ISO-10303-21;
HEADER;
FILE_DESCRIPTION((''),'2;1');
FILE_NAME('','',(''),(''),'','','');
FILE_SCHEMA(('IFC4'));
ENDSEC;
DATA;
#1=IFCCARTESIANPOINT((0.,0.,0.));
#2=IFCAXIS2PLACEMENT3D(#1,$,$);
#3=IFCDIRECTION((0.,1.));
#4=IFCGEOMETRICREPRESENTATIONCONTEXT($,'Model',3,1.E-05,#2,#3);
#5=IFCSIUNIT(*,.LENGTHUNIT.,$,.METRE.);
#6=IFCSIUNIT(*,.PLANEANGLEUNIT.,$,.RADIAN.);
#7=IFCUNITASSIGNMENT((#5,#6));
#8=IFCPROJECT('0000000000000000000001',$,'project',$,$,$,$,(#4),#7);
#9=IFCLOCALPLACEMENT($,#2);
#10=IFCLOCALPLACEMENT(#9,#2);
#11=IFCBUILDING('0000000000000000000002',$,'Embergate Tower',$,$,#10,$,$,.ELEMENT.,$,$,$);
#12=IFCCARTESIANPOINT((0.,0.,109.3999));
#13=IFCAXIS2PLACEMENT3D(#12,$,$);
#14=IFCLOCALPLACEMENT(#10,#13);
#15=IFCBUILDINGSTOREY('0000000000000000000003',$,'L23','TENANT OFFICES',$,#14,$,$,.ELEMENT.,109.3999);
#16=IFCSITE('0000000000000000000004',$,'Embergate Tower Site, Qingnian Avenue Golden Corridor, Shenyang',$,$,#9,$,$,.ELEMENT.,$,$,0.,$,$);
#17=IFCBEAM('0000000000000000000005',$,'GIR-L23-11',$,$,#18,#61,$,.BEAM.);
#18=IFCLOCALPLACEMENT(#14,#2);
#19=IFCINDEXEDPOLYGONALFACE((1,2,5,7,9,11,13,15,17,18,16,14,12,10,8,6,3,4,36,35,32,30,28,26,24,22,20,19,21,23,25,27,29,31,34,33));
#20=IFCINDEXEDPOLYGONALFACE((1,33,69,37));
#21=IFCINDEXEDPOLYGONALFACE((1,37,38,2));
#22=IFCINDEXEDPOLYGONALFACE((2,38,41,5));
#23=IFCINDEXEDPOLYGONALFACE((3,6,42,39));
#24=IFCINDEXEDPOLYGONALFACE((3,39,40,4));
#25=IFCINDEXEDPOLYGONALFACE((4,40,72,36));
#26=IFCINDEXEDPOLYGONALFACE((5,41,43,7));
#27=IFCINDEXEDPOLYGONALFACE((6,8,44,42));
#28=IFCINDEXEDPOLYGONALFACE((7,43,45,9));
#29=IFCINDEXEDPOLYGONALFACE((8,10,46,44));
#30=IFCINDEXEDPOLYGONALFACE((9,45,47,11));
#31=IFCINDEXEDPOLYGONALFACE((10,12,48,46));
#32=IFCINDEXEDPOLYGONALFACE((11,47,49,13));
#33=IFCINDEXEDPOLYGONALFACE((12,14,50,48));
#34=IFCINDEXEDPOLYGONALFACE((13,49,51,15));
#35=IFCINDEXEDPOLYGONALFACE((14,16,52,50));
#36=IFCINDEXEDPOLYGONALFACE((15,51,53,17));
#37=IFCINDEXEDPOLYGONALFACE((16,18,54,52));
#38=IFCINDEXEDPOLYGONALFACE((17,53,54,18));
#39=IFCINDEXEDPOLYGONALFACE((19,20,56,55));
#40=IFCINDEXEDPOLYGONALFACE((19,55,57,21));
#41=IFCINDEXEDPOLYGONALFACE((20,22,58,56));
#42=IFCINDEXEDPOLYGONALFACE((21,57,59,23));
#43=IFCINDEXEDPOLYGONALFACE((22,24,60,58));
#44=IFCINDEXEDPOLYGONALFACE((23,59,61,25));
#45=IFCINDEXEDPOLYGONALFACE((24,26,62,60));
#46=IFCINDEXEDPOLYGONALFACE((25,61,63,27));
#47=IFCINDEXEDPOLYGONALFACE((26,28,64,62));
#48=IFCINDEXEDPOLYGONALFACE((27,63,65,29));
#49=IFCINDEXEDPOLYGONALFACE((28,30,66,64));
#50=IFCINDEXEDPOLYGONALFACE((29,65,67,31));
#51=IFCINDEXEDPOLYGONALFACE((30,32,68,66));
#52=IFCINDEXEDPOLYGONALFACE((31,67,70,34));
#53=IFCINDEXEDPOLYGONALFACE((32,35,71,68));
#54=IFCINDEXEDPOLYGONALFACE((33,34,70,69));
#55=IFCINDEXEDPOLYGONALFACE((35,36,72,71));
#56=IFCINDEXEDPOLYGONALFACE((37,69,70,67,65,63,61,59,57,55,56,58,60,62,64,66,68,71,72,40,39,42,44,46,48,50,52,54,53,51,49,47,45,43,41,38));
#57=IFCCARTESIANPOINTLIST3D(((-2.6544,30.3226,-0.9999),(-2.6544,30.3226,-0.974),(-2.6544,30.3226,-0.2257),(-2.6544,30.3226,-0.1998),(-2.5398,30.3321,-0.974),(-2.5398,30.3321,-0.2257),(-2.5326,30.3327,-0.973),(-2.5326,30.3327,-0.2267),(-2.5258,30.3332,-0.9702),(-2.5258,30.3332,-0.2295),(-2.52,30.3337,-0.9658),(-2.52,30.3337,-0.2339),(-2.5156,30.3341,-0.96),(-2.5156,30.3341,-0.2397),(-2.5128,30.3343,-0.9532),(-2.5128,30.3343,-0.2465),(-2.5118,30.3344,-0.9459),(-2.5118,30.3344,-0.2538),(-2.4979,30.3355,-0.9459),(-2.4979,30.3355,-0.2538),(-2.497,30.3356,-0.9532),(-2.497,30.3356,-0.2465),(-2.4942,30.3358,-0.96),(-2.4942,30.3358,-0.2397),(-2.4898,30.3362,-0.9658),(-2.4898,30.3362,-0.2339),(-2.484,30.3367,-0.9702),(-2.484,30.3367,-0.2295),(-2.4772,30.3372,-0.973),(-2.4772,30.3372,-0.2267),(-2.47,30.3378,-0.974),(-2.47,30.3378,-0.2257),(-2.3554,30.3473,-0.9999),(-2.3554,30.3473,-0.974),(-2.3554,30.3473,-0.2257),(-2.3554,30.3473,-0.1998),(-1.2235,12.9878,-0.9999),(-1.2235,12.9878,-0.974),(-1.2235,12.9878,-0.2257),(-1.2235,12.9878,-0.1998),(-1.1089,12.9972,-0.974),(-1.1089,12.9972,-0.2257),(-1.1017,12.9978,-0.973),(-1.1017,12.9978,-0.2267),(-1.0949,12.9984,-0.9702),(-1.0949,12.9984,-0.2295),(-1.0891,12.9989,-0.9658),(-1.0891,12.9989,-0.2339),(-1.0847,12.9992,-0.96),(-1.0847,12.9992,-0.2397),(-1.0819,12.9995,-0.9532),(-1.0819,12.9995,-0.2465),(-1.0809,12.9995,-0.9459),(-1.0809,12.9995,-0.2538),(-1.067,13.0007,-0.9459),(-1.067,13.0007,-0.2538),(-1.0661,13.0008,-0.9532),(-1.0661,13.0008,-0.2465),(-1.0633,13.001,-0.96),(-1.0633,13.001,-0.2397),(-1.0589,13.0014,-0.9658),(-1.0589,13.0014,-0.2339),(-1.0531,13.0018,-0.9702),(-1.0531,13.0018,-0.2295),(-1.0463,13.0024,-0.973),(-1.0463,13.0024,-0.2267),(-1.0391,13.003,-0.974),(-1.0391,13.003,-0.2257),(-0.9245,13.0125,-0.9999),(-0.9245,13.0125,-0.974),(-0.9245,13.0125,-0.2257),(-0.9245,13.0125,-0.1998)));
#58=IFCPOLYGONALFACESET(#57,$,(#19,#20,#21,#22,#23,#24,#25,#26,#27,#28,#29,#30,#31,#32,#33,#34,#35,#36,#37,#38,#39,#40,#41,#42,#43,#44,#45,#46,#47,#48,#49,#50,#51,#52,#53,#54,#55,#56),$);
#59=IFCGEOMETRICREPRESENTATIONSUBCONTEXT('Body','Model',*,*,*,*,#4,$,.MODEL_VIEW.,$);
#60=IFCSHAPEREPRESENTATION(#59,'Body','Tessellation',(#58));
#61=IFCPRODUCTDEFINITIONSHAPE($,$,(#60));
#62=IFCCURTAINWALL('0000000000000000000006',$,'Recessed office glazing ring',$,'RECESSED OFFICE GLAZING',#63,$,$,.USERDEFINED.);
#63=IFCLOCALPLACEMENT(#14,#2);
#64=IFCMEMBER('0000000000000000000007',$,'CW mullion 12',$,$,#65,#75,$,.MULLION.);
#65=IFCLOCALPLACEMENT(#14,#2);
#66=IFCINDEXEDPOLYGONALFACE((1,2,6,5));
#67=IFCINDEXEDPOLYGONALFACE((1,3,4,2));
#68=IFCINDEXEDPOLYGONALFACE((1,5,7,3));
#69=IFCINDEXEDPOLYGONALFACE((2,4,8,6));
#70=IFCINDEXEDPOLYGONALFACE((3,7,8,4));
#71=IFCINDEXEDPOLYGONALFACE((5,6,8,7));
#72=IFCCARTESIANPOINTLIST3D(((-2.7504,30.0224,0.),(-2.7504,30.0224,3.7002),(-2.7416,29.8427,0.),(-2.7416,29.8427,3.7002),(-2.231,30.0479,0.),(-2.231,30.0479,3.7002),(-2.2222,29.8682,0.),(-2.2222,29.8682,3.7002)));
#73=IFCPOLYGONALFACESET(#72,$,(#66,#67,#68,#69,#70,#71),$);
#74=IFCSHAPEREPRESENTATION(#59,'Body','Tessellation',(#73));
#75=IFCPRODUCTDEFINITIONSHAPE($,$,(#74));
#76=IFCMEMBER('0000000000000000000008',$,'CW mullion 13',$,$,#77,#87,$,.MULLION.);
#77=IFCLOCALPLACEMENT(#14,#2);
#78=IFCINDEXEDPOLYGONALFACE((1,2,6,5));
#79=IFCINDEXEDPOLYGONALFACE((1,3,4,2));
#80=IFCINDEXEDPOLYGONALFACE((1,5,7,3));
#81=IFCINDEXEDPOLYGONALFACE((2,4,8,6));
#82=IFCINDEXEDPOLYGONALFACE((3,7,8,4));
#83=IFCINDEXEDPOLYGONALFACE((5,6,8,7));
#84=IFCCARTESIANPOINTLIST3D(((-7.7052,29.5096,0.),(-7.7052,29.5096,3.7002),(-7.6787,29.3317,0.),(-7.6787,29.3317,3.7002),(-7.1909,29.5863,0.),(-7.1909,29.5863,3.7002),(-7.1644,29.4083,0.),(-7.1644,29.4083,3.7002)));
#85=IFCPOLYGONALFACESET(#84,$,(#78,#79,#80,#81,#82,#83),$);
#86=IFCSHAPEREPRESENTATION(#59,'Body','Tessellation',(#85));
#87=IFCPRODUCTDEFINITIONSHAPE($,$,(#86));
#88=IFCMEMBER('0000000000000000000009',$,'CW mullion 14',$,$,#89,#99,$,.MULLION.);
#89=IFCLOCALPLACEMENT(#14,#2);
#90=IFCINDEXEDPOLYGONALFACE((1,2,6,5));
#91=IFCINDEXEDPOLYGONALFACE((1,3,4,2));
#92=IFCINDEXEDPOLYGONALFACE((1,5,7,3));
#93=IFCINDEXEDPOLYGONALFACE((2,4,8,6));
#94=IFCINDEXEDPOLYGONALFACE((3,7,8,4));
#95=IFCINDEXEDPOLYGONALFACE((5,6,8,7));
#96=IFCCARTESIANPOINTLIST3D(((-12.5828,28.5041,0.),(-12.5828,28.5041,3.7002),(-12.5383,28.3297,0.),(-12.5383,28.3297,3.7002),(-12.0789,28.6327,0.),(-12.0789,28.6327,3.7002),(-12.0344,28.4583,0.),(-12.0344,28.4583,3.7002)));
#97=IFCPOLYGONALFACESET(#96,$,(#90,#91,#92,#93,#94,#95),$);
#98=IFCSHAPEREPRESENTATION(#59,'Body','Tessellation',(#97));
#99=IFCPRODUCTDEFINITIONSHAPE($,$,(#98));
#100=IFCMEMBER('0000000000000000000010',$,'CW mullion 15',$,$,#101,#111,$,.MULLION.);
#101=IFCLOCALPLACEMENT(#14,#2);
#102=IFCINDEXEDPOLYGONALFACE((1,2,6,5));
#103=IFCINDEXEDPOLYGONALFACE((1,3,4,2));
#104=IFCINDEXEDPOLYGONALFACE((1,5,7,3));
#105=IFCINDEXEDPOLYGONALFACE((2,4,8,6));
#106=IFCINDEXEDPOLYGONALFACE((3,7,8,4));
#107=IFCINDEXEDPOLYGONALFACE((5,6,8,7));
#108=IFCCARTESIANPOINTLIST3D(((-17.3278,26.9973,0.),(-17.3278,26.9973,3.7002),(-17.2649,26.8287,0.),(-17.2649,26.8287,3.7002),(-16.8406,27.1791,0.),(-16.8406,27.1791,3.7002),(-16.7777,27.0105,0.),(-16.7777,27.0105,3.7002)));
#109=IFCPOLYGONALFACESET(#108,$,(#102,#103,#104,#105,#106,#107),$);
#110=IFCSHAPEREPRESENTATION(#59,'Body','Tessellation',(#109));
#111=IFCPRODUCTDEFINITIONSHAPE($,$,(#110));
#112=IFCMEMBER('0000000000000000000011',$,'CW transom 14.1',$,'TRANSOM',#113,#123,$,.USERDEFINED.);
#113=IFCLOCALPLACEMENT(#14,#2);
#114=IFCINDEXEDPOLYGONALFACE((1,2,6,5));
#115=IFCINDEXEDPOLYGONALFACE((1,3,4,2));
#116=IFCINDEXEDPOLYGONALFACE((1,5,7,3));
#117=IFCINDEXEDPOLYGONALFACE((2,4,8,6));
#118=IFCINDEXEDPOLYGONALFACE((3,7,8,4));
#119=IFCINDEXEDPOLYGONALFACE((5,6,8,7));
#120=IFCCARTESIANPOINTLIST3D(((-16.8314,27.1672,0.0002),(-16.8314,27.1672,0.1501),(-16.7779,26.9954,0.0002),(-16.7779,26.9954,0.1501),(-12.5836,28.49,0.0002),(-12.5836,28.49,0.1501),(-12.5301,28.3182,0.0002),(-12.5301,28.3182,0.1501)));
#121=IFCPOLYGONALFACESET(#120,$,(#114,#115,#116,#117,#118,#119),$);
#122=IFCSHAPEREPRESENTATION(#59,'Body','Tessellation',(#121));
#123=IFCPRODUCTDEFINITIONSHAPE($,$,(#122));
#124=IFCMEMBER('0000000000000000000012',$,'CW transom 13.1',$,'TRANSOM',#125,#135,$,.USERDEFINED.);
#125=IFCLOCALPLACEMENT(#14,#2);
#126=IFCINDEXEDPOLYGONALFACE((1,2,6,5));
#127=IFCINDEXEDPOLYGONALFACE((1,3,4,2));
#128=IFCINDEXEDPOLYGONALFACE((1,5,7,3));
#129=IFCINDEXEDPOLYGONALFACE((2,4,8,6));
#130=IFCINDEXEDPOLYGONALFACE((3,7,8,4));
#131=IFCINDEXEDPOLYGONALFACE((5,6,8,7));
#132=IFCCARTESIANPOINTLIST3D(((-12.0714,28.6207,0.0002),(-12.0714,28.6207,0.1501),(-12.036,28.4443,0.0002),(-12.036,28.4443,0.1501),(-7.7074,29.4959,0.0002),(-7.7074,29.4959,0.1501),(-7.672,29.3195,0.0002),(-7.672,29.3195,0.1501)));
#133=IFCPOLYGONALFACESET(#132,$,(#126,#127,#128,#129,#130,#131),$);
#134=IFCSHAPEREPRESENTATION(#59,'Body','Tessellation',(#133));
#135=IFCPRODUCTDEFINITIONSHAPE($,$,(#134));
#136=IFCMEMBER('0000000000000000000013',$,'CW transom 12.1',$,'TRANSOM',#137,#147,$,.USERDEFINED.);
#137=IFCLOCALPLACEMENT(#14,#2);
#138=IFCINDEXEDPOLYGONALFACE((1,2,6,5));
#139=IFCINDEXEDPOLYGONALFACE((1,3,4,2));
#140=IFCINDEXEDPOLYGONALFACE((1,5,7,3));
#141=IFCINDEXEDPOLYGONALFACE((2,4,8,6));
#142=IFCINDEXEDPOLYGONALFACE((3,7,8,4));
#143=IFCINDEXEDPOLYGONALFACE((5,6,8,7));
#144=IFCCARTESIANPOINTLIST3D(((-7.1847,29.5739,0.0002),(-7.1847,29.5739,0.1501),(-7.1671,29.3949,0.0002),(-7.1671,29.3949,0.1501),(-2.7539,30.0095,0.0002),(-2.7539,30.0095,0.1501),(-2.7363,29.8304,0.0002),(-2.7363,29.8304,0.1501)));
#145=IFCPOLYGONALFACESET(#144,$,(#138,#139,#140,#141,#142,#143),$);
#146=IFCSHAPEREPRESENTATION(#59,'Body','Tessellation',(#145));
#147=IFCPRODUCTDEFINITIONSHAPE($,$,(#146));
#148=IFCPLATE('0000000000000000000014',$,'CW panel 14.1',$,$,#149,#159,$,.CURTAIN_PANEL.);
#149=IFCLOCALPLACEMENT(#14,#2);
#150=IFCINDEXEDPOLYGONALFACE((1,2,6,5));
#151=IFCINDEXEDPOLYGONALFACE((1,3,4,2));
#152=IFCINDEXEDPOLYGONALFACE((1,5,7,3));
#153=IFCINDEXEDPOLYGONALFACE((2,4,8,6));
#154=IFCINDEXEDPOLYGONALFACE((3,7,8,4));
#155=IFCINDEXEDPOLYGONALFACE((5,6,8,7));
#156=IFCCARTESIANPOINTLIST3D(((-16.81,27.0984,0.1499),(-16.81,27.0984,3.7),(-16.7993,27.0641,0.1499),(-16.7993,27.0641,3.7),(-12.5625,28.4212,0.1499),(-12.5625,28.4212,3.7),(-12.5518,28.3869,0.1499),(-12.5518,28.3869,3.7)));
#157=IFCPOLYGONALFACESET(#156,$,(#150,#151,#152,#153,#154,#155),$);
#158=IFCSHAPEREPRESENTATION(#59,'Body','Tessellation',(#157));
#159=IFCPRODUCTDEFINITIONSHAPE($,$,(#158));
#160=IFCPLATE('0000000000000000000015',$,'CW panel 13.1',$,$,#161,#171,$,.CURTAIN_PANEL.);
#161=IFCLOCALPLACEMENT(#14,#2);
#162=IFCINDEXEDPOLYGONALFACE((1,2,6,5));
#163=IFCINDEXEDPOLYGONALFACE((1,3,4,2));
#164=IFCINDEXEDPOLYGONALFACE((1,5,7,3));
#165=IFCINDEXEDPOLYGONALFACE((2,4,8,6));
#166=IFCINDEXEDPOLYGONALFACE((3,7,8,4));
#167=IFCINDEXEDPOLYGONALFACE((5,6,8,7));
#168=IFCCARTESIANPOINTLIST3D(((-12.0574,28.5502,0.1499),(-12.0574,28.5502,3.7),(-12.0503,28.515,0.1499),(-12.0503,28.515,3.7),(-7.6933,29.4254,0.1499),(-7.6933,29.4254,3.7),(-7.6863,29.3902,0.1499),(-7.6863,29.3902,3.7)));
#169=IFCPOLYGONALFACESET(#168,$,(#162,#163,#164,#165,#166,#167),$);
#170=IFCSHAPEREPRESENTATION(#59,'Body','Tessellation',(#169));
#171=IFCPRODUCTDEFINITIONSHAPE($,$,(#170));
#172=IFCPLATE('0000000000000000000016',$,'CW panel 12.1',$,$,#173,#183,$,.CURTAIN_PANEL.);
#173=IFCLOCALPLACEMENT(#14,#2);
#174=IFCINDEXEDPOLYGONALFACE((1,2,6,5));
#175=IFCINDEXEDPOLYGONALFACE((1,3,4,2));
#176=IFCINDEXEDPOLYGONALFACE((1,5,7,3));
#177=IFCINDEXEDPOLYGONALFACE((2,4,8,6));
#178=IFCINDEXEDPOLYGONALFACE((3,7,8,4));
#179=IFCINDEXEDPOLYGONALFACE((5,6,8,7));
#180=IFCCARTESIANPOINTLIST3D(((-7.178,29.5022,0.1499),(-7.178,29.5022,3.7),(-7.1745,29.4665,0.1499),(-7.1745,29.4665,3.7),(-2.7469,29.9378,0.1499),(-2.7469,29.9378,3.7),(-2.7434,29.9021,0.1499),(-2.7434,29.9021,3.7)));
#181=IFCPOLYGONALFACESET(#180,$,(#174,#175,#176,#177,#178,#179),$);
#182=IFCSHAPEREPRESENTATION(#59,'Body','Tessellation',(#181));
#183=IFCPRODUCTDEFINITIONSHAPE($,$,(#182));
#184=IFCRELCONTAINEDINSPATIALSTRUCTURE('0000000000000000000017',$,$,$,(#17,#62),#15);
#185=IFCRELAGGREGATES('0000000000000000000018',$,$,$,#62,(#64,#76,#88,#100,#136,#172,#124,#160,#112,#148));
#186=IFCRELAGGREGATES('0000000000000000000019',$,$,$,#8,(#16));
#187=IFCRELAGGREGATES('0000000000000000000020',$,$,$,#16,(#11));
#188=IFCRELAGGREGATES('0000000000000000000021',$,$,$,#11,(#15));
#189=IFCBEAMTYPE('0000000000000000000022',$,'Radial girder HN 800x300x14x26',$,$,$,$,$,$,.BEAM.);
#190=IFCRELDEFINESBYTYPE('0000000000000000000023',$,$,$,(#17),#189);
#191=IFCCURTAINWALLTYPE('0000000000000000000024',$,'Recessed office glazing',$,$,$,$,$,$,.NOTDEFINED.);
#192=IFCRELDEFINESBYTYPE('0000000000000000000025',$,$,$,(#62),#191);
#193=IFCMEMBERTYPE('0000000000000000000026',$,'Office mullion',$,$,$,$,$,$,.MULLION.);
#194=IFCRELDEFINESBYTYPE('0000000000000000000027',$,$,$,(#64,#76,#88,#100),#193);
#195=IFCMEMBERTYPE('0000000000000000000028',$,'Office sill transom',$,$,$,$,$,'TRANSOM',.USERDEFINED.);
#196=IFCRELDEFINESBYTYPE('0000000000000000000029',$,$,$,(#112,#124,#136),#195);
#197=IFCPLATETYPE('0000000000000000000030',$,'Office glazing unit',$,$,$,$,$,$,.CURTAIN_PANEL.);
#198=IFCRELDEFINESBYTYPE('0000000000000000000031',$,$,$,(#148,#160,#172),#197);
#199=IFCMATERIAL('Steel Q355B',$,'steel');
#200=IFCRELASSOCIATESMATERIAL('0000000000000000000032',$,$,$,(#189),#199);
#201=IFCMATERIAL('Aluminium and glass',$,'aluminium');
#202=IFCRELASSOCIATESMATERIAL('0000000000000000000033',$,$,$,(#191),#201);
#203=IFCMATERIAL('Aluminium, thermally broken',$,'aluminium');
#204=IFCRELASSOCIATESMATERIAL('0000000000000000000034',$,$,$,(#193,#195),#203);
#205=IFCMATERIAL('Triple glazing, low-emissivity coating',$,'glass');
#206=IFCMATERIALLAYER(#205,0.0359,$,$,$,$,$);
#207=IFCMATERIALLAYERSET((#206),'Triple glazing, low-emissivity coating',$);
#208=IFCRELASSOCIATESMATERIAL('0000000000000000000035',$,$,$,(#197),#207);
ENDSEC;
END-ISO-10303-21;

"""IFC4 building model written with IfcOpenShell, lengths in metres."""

from ifc_helpers import new_model, si_unit, direction, frame, origin, origin_2d, place, context, subcontext, project, spatial, rectangle, i_section, extrude, source, transform, mapped, material, layer, layer_set, material_profile, profile_set, type_object, element, aggregate, save


model = new_model("IFC4")

# Units and contexts
model_context = context("Model", 3, precision=1e-05, world=origin(), true_north=direction((0.0, 1.0)))
body_context = subcontext(model_context, "Body", "Model", "MODEL_VIEW")
ifc_project = project(units=[si_unit("LENGTHUNIT", "METRE"), si_unit("PLANEANGLEUNIT", "RADIAN")], contexts=[model_context])

# Site, building, storey
site_placement = place(None, origin())
site = spatial("IfcSite", under=ifc_project, at=site_placement, Name="Embergate Tower Site, Qingnian Avenue Golden Corridor, Shenyang", CompositionType="ELEMENT", RefElevation=0.0)
building_placement = place(site_placement, origin())
building = spatial("IfcBuilding", under=site, at=building_placement, Name="Embergate Tower", CompositionType="ELEMENT")
storey_placement = place(building_placement, frame((0.0, 0.0, 109.3999)))
storey = spatial("IfcBuildingStorey", under=building, at=storey_placement, Name="L23", Description="TENANT OFFICES", CompositionType="ELEMENT", Elevation=109.3999)

# Beam
ifc_material_1 = material(Name="Steel Q355B", Category="steel")
ifc_material_profile_1 = material_profile(ifc_material_1, i_section(OverallWidth=0.3, OverallDepth=0.8, WebThickness=0.0139, FlangeThickness=0.0259, FilletRadius=0.0281, at=origin_2d()), Name="HN 800x300x14x26")
ifc_profile_set_1 = profile_set([ifc_material_profile_1], Name="Steel Q355 grade B")
beam_type_1 = type_object("IfcBeamType", Name="Radial girder HN 800x300x14x26", PredefinedType="BEAM", material=ifc_profile_set_1)
shared_shape_1 = source(origin(), body_context, "Body", "SweptSolid", [
    extrude(i_section(OverallWidth=0.3, OverallDepth=0.8, WebThickness=0.0139, FlangeThickness=0.0259, FilletRadius=0.0281, at=origin_2d()), origin(), (0.0, 0.0, 1.0), 17.3938),
])
beam_1_placement = place(storey_placement, frame((-2.5049, 30.335, -0.5999), z_axis=(0.082265, -0.996611, 0.0), x_axis=(0.996611, 0.082265, 0.0)))
element("IfcBeam", 1, at=beam_1_placement, inside=storey, type_object=beam_type_1, Name="GIR-L23-11", PredefinedType="BEAM", context=body_context, shape_type="MappedRepresentation", body=[
    mapped(shared_shape_1, transform((0.0, 0.0, 0.0))),
])

# Curtain wall, members, plates
ifc_material_2 = material(Name="Aluminium and glass", Category="aluminium")
curtain_wall_type = type_object("IfcCurtainWallType", Name="Recessed office glazing", PredefinedType="NOTDEFINED", material=ifc_material_2)
curtain_wall_placement = place(storey_placement, origin())
curtain_wall = element("IfcCurtainWall", 2, at=curtain_wall_placement, inside=storey, type_object=curtain_wall_type, Name="Recessed office glazing ring", ObjectType="RECESSED OFFICE GLAZING", PredefinedType="USERDEFINED")
ifc_material_3 = material(Name="Aluminium, thermally broken", Category="aluminium")
ifc_material_profile_2 = material_profile(ifc_material_3, rectangle(XDim=0.1799, YDim=0.52, at=origin_2d()), Name="AL 520x180")
ifc_profile_set_2 = profile_set([ifc_material_profile_2], Name="Aluminium, thermally broken")
member_type_1 = type_object("IfcMemberType", Name="Office mullion", PredefinedType="MULLION", material=ifc_profile_set_2)
shared_shape_2 = source(origin(), body_context, "Body", "SweptSolid", [
    extrude(rectangle(XDim=0.1799, YDim=0.52, at=origin_2d()), origin(), (0.0, 0.0, 1.0), 3.7002),
])
member_1_placement = place(storey_placement, frame((-2.4863, 29.9453, 0.0), z_axis=(0.0, 0.0, 1.0), x_axis=(0.048972, -0.9988, 0.0)))
member_1 = element("IfcMember", 3, at=member_1_placement, type_object=member_type_1, Name="CW mullion 12", PredefinedType="MULLION", context=body_context, shape_type="MappedRepresentation", body=[
    mapped(shared_shape_2, transform((0.0, 0.0, 0.0))),
])
member_2_placement = place(storey_placement, frame((-7.4348, 29.459, 0.0), z_axis=(0.0, 0.0, 1.0), x_axis=(0.147416, -0.989075, 0.0)))
member_2 = element("IfcMember", 4, at=member_2_placement, type_object=member_type_1, Name="CW mullion 13", PredefinedType="MULLION", context=body_context, shape_type="MappedRepresentation", body=[
    mapped(shared_shape_2, transform((0.0, 0.0, 0.0))),
])
member_3_placement = place(storey_placement, frame((-12.3086, 28.4812, 0.0), z_axis=(0.0, 0.0, 1.0), x_axis=(0.247317, -0.968935, 0.0)))
member_3 = element("IfcMember", 5, at=member_3_placement, type_object=member_type_1, Name="CW mullion 14", PredefinedType="MULLION", context=body_context, shape_type="MappedRepresentation", body=[
    mapped(shared_shape_2, transform((0.0, 0.0, 0.0))),
])
member_4_placement = place(storey_placement, frame((-17.0527, 27.0039, 0.0), z_axis=(0.0, 0.0, 1.0), x_axis=(0.349511, -0.936932, 0.0)))
member_4 = element("IfcMember", 6, at=member_4_placement, type_object=member_type_1, Name="CW mullion 15", PredefinedType="MULLION", context=body_context, shape_type="MappedRepresentation", body=[
    mapped(shared_shape_2, transform((0.0, 0.0, 0.0))),
])
ifc_material_profile_3 = material_profile(ifc_material_3, rectangle(XDim=0.1799, YDim=0.1499, at=origin_2d()), Name="AL 150x180")
ifc_profile_set_3 = profile_set([ifc_material_profile_3], Name="Aluminium, thermally broken")
member_type_2 = type_object("IfcMemberType", Name="Office sill transom", ElementType="TRANSOM", PredefinedType="USERDEFINED", material=ifc_profile_set_3)
shared_shape_3 = source(origin(), body_context, "Body", "SweptSolid", [
    extrude(rectangle(XDim=0.1799, YDim=0.1499, at=origin_2d()), origin(), (0.0, 0.0, 1.0), 4.449),
])
member_5_placement = place(storey_placement, frame((-12.5569, 28.4041, 0.0752), z_axis=(-0.954779, -0.297316, 0.0), x_axis=(0.297316, -0.954779, 0.0)))
member_5 = element("IfcMember", 7, at=member_5_placement, type_object=member_type_2, Name="CW transom 14.1", ObjectType="TRANSOM", PredefinedType="USERDEFINED", context=body_context, shape_type="MappedRepresentation", body=[
    mapped(shared_shape_3, transform((0.0, 0.0, 0.0))),
])
shared_shape_4 = source(origin(), body_context, "Body", "SweptSolid", [
    extrude(rectangle(XDim=0.1799, YDim=0.1499, at=origin_2d()), origin(), (0.0, 0.0, 1.0), 4.4509),
])
member_6_placement = place(storey_placement, frame((-7.6897, 29.4077, 0.0752), z_axis=(-0.980475, -0.196644, 0.0), x_axis=(0.196644, -0.980475, 0.0)))
member_6 = element("IfcMember", 8, at=member_6_placement, type_object=member_type_2, Name="CW transom 13.1", ObjectType="TRANSOM", PredefinedType="USERDEFINED", context=body_context, shape_type="MappedRepresentation", body=[
    mapped(shared_shape_4, transform((0.0, 0.0, 0.0))),
])
shared_shape_5 = source(origin(), body_context, "Body", "SweptSolid", [
    extrude(rectangle(XDim=0.1799, YDim=0.1499, at=origin_2d()), origin(), (0.0, 0.0, 1.0), 4.4521),
])
member_7_placement = place(storey_placement, frame((-2.7451, 29.9199, 0.0752), z_axis=(-0.995204, -0.097826, 0.0), x_axis=(0.097826, -0.995204, 0.0)))
member_7 = element("IfcMember", 9, at=member_7_placement, type_object=member_type_2, Name="CW transom 12.1", ObjectType="TRANSOM", PredefinedType="USERDEFINED", context=body_context, shape_type="MappedRepresentation", body=[
    mapped(shared_shape_5, transform((0.0, 0.0, 0.0))),
])
ifc_material_4 = material(Name="Triple glazing, low-emissivity coating", Category="glass")
ifc_layer_1 = layer(ifc_material_4, 0.0359)
ifc_layer_set_1 = layer_set([ifc_layer_1], Name="Triple glazing, low-emissivity coating")
plate_type = type_object("IfcPlateType", Name="Office glazing unit", PredefinedType="CURTAIN_PANEL", material=ifc_layer_set_1)
shared_shape_6 = source(origin(), body_context, "Body", "SweptSolid", [
    extrude(rectangle(XDim=4.4487, YDim=0.0359, at=origin_2d()), origin(), (0.0, 0.0, 1.0), 3.55),
])
plate_1_placement = place(storey_placement, frame((-14.6809, 27.7427, 0.1499), z_axis=(0.0, 0.0, 1.0), x_axis=(-0.95477, -0.297345, 0.0)))
plate_1 = element("IfcPlate", 10, at=plate_1_placement, type_object=plate_type, Name="CW panel 14.1", PredefinedType="CURTAIN_PANEL", context=body_context, shape_type="MappedRepresentation", body=[
    mapped(shared_shape_6, transform((0.0, 0.0, 0.0))),
])
shared_shape_7 = source(origin(), body_context, "Body", "SweptSolid", [
    extrude(rectangle(XDim=4.4509, YDim=0.0359, at=origin_2d()), origin(), (0.0, 0.0, 1.0), 3.55),
])
plate_2_placement = place(storey_placement, frame((-9.8718, 28.9702, 0.1499), z_axis=(0.0, 0.0, 1.0), x_axis=(-0.980475, -0.196644, 0.0)))
plate_2 = element("IfcPlate", 11, at=plate_2_placement, type_object=plate_type, Name="CW panel 13.1", PredefinedType="CURTAIN_PANEL", context=body_context, shape_type="MappedRepresentation", body=[
    mapped(shared_shape_7, transform((0.0, 0.0, 0.0))),
])
shared_shape_8 = source(origin(), body_context, "Body", "SweptSolid", [
    extrude(rectangle(XDim=4.4524, YDim=0.0359, at=origin_2d()), origin(), (0.0, 0.0, 1.0), 3.55),
])
plate_3_placement = place(storey_placement, frame((-4.9607, 29.7021, 0.1499), z_axis=(0.0, 0.0, 1.0), x_axis=(-0.995203, -0.097831, 0.0)))
plate_3 = element("IfcPlate", 12, at=plate_3_placement, type_object=plate_type, Name="CW panel 12.1", PredefinedType="CURTAIN_PANEL", context=body_context, shape_type="MappedRepresentation", body=[
    mapped(shared_shape_8, transform((0.0, 0.0, 0.0))),
])
aggregate(curtain_wall, [member_1, member_2, member_3, member_4, member_7, plate_3, member_6, plate_2, member_5, plate_1])

save(model, "model.ifc")
